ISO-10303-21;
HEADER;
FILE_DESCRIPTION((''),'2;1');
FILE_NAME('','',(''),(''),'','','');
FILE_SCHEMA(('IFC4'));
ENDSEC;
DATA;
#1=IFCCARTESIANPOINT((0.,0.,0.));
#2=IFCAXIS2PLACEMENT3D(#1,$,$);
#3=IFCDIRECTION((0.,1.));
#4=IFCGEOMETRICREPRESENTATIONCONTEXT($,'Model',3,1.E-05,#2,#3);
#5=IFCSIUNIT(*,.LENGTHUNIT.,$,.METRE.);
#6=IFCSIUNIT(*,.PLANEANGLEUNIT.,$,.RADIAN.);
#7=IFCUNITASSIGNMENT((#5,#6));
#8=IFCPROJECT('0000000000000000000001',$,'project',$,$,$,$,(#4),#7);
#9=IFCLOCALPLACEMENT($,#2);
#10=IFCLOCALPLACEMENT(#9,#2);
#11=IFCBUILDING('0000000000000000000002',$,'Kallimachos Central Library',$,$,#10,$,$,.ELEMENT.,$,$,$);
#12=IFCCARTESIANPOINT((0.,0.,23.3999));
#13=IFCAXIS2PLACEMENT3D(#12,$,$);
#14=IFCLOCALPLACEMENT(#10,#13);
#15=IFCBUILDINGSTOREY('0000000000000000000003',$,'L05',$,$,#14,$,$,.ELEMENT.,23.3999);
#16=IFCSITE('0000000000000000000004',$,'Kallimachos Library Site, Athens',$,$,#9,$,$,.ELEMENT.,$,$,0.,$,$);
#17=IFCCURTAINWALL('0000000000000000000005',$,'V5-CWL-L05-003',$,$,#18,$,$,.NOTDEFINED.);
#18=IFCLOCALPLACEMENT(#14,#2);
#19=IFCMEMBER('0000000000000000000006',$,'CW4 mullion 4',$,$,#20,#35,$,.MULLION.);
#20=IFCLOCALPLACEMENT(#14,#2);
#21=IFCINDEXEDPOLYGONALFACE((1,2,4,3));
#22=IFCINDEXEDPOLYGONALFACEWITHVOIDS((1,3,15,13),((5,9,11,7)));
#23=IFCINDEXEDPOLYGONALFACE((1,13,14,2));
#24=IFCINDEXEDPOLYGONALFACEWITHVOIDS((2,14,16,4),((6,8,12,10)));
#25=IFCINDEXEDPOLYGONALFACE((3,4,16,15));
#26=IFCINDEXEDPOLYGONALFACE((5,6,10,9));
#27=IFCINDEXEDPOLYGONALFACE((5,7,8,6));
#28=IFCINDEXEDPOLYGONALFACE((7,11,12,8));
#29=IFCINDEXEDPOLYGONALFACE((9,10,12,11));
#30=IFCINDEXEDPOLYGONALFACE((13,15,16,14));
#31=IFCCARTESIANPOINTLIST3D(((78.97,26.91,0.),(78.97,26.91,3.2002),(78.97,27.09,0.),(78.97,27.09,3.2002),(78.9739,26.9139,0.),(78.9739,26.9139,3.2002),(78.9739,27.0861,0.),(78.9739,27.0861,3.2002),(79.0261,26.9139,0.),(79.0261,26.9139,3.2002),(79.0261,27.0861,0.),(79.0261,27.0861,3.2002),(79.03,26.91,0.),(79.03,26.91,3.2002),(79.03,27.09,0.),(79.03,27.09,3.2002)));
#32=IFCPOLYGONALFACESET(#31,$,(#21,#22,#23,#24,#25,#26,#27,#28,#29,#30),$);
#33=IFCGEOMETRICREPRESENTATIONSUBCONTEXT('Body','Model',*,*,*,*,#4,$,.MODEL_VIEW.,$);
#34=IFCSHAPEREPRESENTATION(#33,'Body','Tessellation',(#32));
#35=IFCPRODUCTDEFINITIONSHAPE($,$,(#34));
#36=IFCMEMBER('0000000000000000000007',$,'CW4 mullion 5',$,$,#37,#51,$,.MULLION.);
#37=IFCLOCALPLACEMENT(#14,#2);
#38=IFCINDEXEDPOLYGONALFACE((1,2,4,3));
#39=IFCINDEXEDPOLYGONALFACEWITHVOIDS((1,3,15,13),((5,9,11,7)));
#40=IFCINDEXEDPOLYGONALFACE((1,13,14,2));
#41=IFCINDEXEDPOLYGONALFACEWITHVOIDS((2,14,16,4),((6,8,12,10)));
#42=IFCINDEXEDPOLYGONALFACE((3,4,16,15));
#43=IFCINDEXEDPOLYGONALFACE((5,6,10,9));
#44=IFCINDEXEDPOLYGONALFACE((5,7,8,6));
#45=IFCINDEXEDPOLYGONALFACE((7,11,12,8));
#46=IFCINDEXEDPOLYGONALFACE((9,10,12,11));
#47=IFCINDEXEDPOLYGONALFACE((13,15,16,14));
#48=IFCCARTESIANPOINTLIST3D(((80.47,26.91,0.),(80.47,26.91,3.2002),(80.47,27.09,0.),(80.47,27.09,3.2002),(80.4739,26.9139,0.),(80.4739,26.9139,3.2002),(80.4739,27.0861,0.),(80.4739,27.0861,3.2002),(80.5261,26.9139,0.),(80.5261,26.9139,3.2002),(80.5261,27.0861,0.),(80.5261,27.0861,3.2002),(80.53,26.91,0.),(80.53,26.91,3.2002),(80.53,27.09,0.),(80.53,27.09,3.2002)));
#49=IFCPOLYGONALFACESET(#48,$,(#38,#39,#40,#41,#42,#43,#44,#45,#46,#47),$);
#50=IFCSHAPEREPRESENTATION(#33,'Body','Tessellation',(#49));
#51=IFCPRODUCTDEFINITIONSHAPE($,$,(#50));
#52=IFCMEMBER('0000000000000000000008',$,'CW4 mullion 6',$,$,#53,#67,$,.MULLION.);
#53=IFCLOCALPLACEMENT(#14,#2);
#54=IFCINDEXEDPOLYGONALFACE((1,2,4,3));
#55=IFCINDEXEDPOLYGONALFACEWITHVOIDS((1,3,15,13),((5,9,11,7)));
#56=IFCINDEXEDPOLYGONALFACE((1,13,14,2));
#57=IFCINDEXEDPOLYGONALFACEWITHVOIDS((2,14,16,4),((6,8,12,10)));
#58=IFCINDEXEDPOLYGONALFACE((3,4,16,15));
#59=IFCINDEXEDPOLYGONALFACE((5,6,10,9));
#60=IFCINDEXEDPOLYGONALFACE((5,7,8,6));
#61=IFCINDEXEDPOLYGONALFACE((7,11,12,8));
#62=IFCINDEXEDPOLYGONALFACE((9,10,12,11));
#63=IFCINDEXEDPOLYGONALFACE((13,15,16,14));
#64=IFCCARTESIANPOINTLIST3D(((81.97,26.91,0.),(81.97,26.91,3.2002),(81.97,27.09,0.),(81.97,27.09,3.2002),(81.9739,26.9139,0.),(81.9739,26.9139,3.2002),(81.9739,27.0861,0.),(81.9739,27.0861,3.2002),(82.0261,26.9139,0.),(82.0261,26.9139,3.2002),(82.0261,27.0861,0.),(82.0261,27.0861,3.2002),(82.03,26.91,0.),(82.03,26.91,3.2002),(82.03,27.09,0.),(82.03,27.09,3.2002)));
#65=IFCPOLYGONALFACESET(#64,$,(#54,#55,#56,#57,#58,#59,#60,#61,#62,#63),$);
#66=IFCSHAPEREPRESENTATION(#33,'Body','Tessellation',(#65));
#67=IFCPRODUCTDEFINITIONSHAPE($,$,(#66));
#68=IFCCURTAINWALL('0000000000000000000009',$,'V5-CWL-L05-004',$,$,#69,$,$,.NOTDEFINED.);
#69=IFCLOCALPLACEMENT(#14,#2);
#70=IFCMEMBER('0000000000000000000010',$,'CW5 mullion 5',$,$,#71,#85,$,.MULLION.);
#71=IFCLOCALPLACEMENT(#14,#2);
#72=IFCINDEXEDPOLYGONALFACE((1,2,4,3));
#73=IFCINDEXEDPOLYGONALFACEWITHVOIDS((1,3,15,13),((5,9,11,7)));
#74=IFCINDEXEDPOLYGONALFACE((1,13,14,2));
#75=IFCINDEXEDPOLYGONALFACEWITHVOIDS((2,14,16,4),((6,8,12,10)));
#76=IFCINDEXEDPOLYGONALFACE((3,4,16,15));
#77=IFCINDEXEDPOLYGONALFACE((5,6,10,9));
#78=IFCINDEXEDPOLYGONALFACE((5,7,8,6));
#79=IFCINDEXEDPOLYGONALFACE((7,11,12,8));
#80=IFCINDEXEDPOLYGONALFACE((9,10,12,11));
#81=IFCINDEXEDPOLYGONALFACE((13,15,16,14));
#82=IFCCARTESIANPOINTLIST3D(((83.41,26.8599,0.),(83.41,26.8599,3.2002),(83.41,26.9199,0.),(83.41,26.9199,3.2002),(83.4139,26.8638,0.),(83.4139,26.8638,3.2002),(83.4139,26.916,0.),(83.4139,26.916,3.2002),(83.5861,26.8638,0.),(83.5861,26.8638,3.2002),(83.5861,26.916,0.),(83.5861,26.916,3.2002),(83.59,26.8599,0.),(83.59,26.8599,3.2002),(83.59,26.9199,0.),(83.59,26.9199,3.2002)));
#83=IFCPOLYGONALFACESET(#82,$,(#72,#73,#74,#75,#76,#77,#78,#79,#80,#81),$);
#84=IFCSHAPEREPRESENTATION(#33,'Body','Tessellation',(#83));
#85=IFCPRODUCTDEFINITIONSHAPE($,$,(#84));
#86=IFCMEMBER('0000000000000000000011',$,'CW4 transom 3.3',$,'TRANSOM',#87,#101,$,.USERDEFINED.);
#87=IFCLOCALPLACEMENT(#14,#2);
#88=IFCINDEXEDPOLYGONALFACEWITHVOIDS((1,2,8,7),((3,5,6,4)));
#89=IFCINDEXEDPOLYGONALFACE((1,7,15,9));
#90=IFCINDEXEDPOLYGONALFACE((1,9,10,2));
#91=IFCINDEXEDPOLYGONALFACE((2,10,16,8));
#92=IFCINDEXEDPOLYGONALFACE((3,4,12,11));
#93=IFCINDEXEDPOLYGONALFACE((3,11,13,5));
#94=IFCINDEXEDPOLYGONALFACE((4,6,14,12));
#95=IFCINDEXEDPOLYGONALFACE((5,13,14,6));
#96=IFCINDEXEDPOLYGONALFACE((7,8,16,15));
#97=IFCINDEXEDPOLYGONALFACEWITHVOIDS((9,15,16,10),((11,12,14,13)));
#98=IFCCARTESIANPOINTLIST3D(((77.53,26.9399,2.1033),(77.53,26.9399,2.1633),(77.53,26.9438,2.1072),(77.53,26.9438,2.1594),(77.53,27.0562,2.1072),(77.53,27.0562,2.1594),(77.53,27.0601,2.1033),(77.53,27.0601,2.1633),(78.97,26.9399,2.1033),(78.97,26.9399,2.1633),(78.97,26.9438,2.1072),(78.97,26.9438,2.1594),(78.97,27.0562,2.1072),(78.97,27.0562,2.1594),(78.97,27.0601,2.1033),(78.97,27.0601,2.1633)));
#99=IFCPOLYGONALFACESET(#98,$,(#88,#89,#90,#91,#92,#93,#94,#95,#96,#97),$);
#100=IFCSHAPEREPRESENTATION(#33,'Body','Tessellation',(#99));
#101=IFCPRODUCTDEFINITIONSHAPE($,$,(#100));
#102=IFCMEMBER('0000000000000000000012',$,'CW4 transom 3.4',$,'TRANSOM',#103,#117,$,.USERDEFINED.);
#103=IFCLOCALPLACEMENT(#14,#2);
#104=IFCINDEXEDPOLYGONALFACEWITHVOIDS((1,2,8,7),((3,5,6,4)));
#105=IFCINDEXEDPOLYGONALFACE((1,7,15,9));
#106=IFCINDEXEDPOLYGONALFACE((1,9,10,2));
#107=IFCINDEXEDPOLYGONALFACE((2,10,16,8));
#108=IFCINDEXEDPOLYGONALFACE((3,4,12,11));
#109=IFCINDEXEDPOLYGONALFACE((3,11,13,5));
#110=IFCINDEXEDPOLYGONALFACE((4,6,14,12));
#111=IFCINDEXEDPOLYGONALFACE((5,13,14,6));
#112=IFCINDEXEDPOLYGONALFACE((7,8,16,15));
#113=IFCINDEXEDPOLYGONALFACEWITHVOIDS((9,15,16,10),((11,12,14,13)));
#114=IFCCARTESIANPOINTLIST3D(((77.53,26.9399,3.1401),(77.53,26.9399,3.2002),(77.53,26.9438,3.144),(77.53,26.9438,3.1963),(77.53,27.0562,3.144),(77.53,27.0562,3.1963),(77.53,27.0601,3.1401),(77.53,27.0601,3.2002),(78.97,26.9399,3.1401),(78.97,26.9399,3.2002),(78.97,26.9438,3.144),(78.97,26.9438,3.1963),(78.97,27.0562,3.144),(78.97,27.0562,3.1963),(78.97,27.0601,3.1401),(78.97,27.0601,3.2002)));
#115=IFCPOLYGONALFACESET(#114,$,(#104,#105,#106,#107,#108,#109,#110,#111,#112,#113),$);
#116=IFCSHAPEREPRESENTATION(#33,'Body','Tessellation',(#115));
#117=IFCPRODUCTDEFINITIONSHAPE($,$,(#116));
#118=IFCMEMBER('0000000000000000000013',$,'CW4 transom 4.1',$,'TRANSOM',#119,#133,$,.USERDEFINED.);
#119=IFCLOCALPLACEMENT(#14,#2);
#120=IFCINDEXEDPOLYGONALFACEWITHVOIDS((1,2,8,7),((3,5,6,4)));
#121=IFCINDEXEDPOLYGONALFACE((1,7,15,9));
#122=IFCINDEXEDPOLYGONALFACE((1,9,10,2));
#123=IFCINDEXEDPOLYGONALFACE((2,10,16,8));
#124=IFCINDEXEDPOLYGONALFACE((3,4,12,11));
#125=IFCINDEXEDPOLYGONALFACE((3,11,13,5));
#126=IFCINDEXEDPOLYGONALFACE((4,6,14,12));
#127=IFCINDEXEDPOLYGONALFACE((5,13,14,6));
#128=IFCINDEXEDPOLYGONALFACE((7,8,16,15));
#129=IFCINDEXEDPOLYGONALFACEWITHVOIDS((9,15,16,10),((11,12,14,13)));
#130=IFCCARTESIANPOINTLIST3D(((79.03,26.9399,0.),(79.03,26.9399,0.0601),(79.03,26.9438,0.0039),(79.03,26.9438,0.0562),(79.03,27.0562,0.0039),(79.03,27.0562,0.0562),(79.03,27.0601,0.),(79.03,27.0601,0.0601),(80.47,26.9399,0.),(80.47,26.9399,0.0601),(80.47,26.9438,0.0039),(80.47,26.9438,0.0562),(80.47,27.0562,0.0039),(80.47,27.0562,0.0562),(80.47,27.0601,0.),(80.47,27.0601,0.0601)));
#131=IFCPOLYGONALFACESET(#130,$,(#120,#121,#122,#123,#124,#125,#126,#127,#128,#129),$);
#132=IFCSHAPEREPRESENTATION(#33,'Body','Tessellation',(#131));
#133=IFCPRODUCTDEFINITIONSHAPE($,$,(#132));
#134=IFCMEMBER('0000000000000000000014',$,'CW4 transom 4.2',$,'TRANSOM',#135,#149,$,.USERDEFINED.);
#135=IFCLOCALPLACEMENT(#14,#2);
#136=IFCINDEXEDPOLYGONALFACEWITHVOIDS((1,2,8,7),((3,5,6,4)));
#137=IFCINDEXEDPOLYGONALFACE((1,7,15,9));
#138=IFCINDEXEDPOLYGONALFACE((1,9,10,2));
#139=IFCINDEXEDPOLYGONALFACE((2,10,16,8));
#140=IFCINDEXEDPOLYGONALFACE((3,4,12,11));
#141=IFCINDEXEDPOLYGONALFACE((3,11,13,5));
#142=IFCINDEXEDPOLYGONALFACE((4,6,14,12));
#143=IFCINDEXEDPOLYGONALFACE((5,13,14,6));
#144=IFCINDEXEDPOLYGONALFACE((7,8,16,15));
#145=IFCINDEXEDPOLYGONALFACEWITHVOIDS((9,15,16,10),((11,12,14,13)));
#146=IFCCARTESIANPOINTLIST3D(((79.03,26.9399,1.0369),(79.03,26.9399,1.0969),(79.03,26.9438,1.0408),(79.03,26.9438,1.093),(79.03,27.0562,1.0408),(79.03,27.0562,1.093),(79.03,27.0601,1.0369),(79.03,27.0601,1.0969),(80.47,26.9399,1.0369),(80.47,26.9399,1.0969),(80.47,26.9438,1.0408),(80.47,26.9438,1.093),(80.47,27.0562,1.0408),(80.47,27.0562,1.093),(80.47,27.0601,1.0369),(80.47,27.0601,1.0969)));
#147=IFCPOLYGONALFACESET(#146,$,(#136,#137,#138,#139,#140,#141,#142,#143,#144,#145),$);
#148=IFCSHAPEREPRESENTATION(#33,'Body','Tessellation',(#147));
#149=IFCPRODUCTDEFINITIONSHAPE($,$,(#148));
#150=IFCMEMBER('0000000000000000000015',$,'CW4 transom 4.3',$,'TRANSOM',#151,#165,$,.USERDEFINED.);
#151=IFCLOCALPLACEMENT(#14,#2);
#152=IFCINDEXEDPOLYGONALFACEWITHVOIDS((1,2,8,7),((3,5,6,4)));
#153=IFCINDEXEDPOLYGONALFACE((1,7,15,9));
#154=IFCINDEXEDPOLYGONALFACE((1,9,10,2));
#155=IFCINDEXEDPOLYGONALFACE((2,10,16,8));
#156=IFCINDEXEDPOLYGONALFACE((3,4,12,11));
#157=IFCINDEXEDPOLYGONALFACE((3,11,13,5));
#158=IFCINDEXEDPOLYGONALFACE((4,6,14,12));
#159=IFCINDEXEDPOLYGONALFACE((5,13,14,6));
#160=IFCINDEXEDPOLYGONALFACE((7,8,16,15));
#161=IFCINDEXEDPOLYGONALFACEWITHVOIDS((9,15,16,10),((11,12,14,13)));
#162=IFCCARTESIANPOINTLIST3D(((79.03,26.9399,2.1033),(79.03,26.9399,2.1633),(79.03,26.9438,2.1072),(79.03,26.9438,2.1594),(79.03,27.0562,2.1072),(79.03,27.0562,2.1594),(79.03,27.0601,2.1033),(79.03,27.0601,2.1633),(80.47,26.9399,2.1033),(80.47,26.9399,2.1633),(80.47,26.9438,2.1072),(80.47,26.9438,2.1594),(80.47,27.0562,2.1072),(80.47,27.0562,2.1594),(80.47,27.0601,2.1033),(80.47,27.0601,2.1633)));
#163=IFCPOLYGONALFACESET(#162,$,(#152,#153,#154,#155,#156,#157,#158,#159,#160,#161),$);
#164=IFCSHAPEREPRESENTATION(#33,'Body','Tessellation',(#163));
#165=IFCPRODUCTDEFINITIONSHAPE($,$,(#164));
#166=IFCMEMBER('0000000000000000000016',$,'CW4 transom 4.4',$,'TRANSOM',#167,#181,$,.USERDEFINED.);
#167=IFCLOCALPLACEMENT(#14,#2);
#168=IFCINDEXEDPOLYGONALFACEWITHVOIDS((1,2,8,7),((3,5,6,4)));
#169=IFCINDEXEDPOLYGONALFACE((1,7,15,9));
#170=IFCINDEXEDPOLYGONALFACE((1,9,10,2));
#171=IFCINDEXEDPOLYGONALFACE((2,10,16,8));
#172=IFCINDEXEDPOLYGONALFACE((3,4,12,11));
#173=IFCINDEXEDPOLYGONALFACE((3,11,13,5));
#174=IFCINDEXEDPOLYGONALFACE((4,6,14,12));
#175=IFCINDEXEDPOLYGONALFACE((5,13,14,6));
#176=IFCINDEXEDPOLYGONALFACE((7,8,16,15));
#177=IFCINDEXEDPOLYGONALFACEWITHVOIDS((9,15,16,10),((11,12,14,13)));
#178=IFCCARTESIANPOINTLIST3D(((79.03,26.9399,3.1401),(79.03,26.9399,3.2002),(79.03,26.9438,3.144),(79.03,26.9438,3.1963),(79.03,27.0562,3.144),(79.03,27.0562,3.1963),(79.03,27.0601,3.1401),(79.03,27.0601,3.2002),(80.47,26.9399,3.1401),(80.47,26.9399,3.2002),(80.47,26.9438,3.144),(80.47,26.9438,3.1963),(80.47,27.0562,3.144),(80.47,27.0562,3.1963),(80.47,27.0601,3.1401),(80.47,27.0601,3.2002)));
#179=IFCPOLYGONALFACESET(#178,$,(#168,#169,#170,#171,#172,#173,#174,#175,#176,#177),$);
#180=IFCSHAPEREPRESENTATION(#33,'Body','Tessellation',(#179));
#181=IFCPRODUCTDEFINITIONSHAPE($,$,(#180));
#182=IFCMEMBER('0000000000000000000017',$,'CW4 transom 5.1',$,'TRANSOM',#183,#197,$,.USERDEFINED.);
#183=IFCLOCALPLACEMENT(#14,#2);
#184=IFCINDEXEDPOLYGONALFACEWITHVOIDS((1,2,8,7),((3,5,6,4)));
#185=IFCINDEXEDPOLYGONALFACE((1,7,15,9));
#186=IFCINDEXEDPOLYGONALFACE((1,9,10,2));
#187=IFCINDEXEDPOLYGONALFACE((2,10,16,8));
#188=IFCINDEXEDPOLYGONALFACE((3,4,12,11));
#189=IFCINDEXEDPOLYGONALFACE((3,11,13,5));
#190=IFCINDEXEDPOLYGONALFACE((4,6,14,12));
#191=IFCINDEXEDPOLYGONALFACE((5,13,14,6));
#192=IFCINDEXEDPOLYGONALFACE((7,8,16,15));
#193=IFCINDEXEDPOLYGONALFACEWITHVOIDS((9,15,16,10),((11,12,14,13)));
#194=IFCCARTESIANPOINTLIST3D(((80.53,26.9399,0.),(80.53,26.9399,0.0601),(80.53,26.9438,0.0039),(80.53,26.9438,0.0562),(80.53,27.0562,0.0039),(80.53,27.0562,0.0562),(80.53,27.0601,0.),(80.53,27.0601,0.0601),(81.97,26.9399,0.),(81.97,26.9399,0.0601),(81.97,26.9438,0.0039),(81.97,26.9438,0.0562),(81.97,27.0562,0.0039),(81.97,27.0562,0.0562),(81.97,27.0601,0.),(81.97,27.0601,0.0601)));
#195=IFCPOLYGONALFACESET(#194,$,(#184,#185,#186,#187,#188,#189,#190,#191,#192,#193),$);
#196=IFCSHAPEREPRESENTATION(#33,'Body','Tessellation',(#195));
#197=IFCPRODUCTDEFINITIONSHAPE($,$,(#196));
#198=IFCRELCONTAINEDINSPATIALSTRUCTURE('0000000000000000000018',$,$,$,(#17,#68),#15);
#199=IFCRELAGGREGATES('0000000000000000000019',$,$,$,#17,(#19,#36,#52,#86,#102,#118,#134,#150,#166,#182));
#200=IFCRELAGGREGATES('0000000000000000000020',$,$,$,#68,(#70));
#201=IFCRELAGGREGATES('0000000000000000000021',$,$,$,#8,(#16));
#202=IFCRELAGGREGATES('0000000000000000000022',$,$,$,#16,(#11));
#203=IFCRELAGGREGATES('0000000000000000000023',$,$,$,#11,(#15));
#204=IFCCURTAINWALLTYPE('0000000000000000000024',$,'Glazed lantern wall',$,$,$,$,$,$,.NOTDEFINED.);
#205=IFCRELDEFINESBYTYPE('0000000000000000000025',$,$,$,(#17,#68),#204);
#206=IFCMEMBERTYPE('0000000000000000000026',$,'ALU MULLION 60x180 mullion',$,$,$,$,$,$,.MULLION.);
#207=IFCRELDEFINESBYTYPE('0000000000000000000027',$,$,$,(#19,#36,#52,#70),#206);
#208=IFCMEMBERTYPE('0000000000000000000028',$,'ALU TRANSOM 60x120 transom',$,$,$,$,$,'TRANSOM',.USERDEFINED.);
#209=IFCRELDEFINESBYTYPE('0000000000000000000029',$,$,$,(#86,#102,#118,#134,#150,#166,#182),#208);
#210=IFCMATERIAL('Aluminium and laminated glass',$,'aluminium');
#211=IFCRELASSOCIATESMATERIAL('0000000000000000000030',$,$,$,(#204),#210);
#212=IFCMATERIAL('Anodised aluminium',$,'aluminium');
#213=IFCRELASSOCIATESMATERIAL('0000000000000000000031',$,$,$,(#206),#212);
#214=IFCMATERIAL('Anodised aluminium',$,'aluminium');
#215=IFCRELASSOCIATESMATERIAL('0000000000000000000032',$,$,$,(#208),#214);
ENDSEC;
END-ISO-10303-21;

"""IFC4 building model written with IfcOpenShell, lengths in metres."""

from ifc_helpers import new_model, si_unit, direction, frame, origin, origin_2d, place, context, subcontext, project, spatial, hollow_rectangle, extrude, material, material_profile, profile_set, type_object, element, aggregate, save


model = new_model("IFC4")

# Units and contexts
model_context = context("Model", 3, precision=1e-05, world=origin(), true_north=direction((0.0, 1.0)))
body_context = subcontext(model_context, "Body", "Model", "MODEL_VIEW")
ifc_project = project(units=[si_unit("LENGTHUNIT", "METRE"), si_unit("PLANEANGLEUNIT", "RADIAN")], contexts=[model_context])

# Site, building, storey
site_placement = place(None, origin())
site = spatial("IfcSite", under=ifc_project, at=site_placement, Name="Kallimachos Library Site, Athens", CompositionType="ELEMENT", RefElevation=0.0)
building_placement = place(site_placement, origin())
building = spatial("IfcBuilding", under=site, at=building_placement, Name="Kallimachos Central Library", CompositionType="ELEMENT")
storey_placement = place(building_placement, frame((0.0, 0.0, 23.3999)))
storey = spatial("IfcBuildingStorey", under=building, at=storey_placement, Name="L05", CompositionType="ELEMENT", Elevation=23.3999)

# Curtain wall, members
ifc_material_1 = material(Name="Aluminium and laminated glass", Category="aluminium")
curtain_wall_type = type_object("IfcCurtainWallType", Name="Glazed lantern wall", PredefinedType="NOTDEFINED", material=ifc_material_1)
curtain_wall_1_placement = place(storey_placement, origin())
curtain_wall_1 = element("IfcCurtainWall", 1, at=curtain_wall_1_placement, inside=storey, type_object=curtain_wall_type, Name="V5-CWL-L05-003", PredefinedType="NOTDEFINED")
ifc_material_2 = material(Name="Anodised aluminium", Category="aluminium")
ifc_material_profile_1 = material_profile(ifc_material_2, hollow_rectangle(XDim=0.0601, YDim=0.1799, WallThickness=0.0039, at=origin_2d()), Name="ALU MULLION 60x180")
ifc_profile_set_1 = profile_set([ifc_material_profile_1], Name="Anodised aluminium")
member_type_1 = type_object("IfcMemberType", Name="ALU MULLION 60x180 mullion", PredefinedType="MULLION", material=ifc_profile_set_1)
member_1_placement = place(storey_placement, frame((79.0, 27.0, 0.0), z_axis=(0.0, 0.0, 1.0), x_axis=(1.0, 0.0, 0.0)))
member_1 = element("IfcMember", 2, at=member_1_placement, type_object=member_type_1, Name="CW4 mullion 4", PredefinedType="MULLION", context=body_context, shape_type="SweptSolid", body=[
    extrude(hollow_rectangle(XDim=0.0601, YDim=0.1799, WallThickness=0.0039, at=origin_2d()), origin(), (0.0, 0.0, 1.0), 3.2002),
])
member_2_placement = place(storey_placement, frame((80.5, 27.0, 0.0), z_axis=(0.0, 0.0, 1.0), x_axis=(1.0, 0.0, 0.0)))
member_2 = element("IfcMember", 3, at=member_2_placement, type_object=member_type_1, Name="CW4 mullion 5", PredefinedType="MULLION", context=body_context, shape_type="SweptSolid", body=[
    extrude(hollow_rectangle(XDim=0.0601, YDim=0.1799, WallThickness=0.0039, at=origin_2d()), origin(), (0.0, 0.0, 1.0), 3.2002),
])
member_3_placement = place(storey_placement, frame((82.0, 27.0, 0.0), z_axis=(0.0, 0.0, 1.0), x_axis=(1.0, 0.0, 0.0)))
member_3 = element("IfcMember", 4, at=member_3_placement, type_object=member_type_1, Name="CW4 mullion 6", PredefinedType="MULLION", context=body_context, shape_type="SweptSolid", body=[
    extrude(hollow_rectangle(XDim=0.0601, YDim=0.1799, WallThickness=0.0039, at=origin_2d()), origin(), (0.0, 0.0, 1.0), 3.2002),
])

# Curtain wall, member
curtain_wall_2_placement = place(storey_placement, origin())
curtain_wall_2 = element("IfcCurtainWall", 5, at=curtain_wall_2_placement, inside=storey, type_object=curtain_wall_type, Name="V5-CWL-L05-004", PredefinedType="NOTDEFINED")
member_4_placement = place(storey_placement, frame((83.5, 26.8899, 0.0), z_axis=(0.0, 0.0, 1.0), x_axis=(0.0, 1.0, 0.0)))
member_4 = element("IfcMember", 6, at=member_4_placement, type_object=member_type_1, Name="CW5 mullion 5", PredefinedType="MULLION", context=body_context, shape_type="SweptSolid", body=[
    extrude(hollow_rectangle(XDim=0.0601, YDim=0.1799, WallThickness=0.0039, at=origin_2d()), origin(), (0.0, 0.0, 1.0), 3.2002),
])

# Members
ifc_material_3 = material(Name="Anodised aluminium", Category="aluminium")
ifc_material_profile_2 = material_profile(ifc_material_3, hollow_rectangle(XDim=0.0601, YDim=0.1201, WallThickness=0.0039, at=origin_2d()), Name="ALU TRANSOM 60x120")
ifc_profile_set_2 = profile_set([ifc_material_profile_2], Name="Anodised aluminium")
member_type_2 = type_object("IfcMemberType", Name="ALU TRANSOM 60x120 transom", ElementType="TRANSOM", PredefinedType="USERDEFINED", material=ifc_profile_set_2)
member_5_placement = place(storey_placement, frame((77.53, 27.0, 2.1333), z_axis=(1.0, 0.0, 0.0), x_axis=(0.0, 0.0, 1.0)))
member_5 = element("IfcMember", 7, at=member_5_placement, type_object=member_type_2, Name="CW4 transom 3.3", ObjectType="TRANSOM", PredefinedType="USERDEFINED", context=body_context, shape_type="SweptSolid", body=[
    extrude(hollow_rectangle(XDim=0.0601, YDim=0.1201, WallThickness=0.0039, at=origin_2d()), origin(), (0.0, 0.0, 1.0), 1.4399),
])
member_6_placement = place(storey_placement, frame((77.53, 27.0, 3.1702), z_axis=(1.0, 0.0, 0.0), x_axis=(0.0, 0.0, 1.0)))
member_6 = element("IfcMember", 8, at=member_6_placement, type_object=member_type_2, Name="CW4 transom 3.4", ObjectType="TRANSOM", PredefinedType="USERDEFINED", context=body_context, shape_type="SweptSolid", body=[
    extrude(hollow_rectangle(XDim=0.0601, YDim=0.1201, WallThickness=0.0039, at=origin_2d()), origin(), (0.0, 0.0, 1.0), 1.4399),
])
member_7_placement = place(storey_placement, frame((79.03, 27.0, 0.03), z_axis=(1.0, 0.0, 0.0), x_axis=(0.0, 0.0, 1.0)))
member_7 = element("IfcMember", 9, at=member_7_placement, type_object=member_type_2, Name="CW4 transom 4.1", ObjectType="TRANSOM", PredefinedType="USERDEFINED", context=body_context, shape_type="SweptSolid", body=[
    extrude(hollow_rectangle(XDim=0.0601, YDim=0.1201, WallThickness=0.0039, at=origin_2d()), origin(), (0.0, 0.0, 1.0), 1.4399),
])
member_8_placement = place(storey_placement, frame((79.03, 27.0, 1.0669), z_axis=(1.0, 0.0, 0.0), x_axis=(0.0, 0.0, 1.0)))
member_8 = element("IfcMember", 10, at=member_8_placement, type_object=member_type_2, Name="CW4 transom 4.2", ObjectType="TRANSOM", PredefinedType="USERDEFINED", context=body_context, shape_type="SweptSolid", body=[
    extrude(hollow_rectangle(XDim=0.0601, YDim=0.1201, WallThickness=0.0039, at=origin_2d()), origin(), (0.0, 0.0, 1.0), 1.4399),
])
member_9_placement = place(storey_placement, frame((79.03, 27.0, 2.1333), z_axis=(1.0, 0.0, 0.0), x_axis=(0.0, 0.0, 1.0)))
member_9 = element("IfcMember", 11, at=member_9_placement, type_object=member_type_2, Name="CW4 transom 4.3", ObjectType="TRANSOM", PredefinedType="USERDEFINED", context=body_context, shape_type="SweptSolid", body=[
    extrude(hollow_rectangle(XDim=0.0601, YDim=0.1201, WallThickness=0.0039, at=origin_2d()), origin(), (0.0, 0.0, 1.0), 1.4399),
])
member_10_placement = place(storey_placement, frame((79.03, 27.0, 3.1702), z_axis=(1.0, 0.0, 0.0), x_axis=(0.0, 0.0, 1.0)))
member_10 = element("IfcMember", 12, at=member_10_placement, type_object=member_type_2, Name="CW4 transom 4.4", ObjectType="TRANSOM", PredefinedType="USERDEFINED", context=body_context, shape_type="SweptSolid", body=[
    extrude(hollow_rectangle(XDim=0.0601, YDim=0.1201, WallThickness=0.0039, at=origin_2d()), origin(), (0.0, 0.0, 1.0), 1.4399),
])
member_11_placement = place(storey_placement, frame((80.53, 27.0, 0.03), z_axis=(1.0, 0.0, 0.0), x_axis=(0.0, 0.0, 1.0)))
member_11 = element("IfcMember", 13, at=member_11_placement, type_object=member_type_2, Name="CW4 transom 5.1", ObjectType="TRANSOM", PredefinedType="USERDEFINED", context=body_context, shape_type="SweptSolid", body=[
    extrude(hollow_rectangle(XDim=0.0601, YDim=0.1201, WallThickness=0.0039, at=origin_2d()), origin(), (0.0, 0.0, 1.0), 1.4399),
])

aggregate(curtain_wall_1, [member_1, member_2, member_3, member_5, member_6, member_7, member_8, member_9, member_10, member_11])
aggregate(curtain_wall_2, [member_4])

save(model, "model.ifc")
